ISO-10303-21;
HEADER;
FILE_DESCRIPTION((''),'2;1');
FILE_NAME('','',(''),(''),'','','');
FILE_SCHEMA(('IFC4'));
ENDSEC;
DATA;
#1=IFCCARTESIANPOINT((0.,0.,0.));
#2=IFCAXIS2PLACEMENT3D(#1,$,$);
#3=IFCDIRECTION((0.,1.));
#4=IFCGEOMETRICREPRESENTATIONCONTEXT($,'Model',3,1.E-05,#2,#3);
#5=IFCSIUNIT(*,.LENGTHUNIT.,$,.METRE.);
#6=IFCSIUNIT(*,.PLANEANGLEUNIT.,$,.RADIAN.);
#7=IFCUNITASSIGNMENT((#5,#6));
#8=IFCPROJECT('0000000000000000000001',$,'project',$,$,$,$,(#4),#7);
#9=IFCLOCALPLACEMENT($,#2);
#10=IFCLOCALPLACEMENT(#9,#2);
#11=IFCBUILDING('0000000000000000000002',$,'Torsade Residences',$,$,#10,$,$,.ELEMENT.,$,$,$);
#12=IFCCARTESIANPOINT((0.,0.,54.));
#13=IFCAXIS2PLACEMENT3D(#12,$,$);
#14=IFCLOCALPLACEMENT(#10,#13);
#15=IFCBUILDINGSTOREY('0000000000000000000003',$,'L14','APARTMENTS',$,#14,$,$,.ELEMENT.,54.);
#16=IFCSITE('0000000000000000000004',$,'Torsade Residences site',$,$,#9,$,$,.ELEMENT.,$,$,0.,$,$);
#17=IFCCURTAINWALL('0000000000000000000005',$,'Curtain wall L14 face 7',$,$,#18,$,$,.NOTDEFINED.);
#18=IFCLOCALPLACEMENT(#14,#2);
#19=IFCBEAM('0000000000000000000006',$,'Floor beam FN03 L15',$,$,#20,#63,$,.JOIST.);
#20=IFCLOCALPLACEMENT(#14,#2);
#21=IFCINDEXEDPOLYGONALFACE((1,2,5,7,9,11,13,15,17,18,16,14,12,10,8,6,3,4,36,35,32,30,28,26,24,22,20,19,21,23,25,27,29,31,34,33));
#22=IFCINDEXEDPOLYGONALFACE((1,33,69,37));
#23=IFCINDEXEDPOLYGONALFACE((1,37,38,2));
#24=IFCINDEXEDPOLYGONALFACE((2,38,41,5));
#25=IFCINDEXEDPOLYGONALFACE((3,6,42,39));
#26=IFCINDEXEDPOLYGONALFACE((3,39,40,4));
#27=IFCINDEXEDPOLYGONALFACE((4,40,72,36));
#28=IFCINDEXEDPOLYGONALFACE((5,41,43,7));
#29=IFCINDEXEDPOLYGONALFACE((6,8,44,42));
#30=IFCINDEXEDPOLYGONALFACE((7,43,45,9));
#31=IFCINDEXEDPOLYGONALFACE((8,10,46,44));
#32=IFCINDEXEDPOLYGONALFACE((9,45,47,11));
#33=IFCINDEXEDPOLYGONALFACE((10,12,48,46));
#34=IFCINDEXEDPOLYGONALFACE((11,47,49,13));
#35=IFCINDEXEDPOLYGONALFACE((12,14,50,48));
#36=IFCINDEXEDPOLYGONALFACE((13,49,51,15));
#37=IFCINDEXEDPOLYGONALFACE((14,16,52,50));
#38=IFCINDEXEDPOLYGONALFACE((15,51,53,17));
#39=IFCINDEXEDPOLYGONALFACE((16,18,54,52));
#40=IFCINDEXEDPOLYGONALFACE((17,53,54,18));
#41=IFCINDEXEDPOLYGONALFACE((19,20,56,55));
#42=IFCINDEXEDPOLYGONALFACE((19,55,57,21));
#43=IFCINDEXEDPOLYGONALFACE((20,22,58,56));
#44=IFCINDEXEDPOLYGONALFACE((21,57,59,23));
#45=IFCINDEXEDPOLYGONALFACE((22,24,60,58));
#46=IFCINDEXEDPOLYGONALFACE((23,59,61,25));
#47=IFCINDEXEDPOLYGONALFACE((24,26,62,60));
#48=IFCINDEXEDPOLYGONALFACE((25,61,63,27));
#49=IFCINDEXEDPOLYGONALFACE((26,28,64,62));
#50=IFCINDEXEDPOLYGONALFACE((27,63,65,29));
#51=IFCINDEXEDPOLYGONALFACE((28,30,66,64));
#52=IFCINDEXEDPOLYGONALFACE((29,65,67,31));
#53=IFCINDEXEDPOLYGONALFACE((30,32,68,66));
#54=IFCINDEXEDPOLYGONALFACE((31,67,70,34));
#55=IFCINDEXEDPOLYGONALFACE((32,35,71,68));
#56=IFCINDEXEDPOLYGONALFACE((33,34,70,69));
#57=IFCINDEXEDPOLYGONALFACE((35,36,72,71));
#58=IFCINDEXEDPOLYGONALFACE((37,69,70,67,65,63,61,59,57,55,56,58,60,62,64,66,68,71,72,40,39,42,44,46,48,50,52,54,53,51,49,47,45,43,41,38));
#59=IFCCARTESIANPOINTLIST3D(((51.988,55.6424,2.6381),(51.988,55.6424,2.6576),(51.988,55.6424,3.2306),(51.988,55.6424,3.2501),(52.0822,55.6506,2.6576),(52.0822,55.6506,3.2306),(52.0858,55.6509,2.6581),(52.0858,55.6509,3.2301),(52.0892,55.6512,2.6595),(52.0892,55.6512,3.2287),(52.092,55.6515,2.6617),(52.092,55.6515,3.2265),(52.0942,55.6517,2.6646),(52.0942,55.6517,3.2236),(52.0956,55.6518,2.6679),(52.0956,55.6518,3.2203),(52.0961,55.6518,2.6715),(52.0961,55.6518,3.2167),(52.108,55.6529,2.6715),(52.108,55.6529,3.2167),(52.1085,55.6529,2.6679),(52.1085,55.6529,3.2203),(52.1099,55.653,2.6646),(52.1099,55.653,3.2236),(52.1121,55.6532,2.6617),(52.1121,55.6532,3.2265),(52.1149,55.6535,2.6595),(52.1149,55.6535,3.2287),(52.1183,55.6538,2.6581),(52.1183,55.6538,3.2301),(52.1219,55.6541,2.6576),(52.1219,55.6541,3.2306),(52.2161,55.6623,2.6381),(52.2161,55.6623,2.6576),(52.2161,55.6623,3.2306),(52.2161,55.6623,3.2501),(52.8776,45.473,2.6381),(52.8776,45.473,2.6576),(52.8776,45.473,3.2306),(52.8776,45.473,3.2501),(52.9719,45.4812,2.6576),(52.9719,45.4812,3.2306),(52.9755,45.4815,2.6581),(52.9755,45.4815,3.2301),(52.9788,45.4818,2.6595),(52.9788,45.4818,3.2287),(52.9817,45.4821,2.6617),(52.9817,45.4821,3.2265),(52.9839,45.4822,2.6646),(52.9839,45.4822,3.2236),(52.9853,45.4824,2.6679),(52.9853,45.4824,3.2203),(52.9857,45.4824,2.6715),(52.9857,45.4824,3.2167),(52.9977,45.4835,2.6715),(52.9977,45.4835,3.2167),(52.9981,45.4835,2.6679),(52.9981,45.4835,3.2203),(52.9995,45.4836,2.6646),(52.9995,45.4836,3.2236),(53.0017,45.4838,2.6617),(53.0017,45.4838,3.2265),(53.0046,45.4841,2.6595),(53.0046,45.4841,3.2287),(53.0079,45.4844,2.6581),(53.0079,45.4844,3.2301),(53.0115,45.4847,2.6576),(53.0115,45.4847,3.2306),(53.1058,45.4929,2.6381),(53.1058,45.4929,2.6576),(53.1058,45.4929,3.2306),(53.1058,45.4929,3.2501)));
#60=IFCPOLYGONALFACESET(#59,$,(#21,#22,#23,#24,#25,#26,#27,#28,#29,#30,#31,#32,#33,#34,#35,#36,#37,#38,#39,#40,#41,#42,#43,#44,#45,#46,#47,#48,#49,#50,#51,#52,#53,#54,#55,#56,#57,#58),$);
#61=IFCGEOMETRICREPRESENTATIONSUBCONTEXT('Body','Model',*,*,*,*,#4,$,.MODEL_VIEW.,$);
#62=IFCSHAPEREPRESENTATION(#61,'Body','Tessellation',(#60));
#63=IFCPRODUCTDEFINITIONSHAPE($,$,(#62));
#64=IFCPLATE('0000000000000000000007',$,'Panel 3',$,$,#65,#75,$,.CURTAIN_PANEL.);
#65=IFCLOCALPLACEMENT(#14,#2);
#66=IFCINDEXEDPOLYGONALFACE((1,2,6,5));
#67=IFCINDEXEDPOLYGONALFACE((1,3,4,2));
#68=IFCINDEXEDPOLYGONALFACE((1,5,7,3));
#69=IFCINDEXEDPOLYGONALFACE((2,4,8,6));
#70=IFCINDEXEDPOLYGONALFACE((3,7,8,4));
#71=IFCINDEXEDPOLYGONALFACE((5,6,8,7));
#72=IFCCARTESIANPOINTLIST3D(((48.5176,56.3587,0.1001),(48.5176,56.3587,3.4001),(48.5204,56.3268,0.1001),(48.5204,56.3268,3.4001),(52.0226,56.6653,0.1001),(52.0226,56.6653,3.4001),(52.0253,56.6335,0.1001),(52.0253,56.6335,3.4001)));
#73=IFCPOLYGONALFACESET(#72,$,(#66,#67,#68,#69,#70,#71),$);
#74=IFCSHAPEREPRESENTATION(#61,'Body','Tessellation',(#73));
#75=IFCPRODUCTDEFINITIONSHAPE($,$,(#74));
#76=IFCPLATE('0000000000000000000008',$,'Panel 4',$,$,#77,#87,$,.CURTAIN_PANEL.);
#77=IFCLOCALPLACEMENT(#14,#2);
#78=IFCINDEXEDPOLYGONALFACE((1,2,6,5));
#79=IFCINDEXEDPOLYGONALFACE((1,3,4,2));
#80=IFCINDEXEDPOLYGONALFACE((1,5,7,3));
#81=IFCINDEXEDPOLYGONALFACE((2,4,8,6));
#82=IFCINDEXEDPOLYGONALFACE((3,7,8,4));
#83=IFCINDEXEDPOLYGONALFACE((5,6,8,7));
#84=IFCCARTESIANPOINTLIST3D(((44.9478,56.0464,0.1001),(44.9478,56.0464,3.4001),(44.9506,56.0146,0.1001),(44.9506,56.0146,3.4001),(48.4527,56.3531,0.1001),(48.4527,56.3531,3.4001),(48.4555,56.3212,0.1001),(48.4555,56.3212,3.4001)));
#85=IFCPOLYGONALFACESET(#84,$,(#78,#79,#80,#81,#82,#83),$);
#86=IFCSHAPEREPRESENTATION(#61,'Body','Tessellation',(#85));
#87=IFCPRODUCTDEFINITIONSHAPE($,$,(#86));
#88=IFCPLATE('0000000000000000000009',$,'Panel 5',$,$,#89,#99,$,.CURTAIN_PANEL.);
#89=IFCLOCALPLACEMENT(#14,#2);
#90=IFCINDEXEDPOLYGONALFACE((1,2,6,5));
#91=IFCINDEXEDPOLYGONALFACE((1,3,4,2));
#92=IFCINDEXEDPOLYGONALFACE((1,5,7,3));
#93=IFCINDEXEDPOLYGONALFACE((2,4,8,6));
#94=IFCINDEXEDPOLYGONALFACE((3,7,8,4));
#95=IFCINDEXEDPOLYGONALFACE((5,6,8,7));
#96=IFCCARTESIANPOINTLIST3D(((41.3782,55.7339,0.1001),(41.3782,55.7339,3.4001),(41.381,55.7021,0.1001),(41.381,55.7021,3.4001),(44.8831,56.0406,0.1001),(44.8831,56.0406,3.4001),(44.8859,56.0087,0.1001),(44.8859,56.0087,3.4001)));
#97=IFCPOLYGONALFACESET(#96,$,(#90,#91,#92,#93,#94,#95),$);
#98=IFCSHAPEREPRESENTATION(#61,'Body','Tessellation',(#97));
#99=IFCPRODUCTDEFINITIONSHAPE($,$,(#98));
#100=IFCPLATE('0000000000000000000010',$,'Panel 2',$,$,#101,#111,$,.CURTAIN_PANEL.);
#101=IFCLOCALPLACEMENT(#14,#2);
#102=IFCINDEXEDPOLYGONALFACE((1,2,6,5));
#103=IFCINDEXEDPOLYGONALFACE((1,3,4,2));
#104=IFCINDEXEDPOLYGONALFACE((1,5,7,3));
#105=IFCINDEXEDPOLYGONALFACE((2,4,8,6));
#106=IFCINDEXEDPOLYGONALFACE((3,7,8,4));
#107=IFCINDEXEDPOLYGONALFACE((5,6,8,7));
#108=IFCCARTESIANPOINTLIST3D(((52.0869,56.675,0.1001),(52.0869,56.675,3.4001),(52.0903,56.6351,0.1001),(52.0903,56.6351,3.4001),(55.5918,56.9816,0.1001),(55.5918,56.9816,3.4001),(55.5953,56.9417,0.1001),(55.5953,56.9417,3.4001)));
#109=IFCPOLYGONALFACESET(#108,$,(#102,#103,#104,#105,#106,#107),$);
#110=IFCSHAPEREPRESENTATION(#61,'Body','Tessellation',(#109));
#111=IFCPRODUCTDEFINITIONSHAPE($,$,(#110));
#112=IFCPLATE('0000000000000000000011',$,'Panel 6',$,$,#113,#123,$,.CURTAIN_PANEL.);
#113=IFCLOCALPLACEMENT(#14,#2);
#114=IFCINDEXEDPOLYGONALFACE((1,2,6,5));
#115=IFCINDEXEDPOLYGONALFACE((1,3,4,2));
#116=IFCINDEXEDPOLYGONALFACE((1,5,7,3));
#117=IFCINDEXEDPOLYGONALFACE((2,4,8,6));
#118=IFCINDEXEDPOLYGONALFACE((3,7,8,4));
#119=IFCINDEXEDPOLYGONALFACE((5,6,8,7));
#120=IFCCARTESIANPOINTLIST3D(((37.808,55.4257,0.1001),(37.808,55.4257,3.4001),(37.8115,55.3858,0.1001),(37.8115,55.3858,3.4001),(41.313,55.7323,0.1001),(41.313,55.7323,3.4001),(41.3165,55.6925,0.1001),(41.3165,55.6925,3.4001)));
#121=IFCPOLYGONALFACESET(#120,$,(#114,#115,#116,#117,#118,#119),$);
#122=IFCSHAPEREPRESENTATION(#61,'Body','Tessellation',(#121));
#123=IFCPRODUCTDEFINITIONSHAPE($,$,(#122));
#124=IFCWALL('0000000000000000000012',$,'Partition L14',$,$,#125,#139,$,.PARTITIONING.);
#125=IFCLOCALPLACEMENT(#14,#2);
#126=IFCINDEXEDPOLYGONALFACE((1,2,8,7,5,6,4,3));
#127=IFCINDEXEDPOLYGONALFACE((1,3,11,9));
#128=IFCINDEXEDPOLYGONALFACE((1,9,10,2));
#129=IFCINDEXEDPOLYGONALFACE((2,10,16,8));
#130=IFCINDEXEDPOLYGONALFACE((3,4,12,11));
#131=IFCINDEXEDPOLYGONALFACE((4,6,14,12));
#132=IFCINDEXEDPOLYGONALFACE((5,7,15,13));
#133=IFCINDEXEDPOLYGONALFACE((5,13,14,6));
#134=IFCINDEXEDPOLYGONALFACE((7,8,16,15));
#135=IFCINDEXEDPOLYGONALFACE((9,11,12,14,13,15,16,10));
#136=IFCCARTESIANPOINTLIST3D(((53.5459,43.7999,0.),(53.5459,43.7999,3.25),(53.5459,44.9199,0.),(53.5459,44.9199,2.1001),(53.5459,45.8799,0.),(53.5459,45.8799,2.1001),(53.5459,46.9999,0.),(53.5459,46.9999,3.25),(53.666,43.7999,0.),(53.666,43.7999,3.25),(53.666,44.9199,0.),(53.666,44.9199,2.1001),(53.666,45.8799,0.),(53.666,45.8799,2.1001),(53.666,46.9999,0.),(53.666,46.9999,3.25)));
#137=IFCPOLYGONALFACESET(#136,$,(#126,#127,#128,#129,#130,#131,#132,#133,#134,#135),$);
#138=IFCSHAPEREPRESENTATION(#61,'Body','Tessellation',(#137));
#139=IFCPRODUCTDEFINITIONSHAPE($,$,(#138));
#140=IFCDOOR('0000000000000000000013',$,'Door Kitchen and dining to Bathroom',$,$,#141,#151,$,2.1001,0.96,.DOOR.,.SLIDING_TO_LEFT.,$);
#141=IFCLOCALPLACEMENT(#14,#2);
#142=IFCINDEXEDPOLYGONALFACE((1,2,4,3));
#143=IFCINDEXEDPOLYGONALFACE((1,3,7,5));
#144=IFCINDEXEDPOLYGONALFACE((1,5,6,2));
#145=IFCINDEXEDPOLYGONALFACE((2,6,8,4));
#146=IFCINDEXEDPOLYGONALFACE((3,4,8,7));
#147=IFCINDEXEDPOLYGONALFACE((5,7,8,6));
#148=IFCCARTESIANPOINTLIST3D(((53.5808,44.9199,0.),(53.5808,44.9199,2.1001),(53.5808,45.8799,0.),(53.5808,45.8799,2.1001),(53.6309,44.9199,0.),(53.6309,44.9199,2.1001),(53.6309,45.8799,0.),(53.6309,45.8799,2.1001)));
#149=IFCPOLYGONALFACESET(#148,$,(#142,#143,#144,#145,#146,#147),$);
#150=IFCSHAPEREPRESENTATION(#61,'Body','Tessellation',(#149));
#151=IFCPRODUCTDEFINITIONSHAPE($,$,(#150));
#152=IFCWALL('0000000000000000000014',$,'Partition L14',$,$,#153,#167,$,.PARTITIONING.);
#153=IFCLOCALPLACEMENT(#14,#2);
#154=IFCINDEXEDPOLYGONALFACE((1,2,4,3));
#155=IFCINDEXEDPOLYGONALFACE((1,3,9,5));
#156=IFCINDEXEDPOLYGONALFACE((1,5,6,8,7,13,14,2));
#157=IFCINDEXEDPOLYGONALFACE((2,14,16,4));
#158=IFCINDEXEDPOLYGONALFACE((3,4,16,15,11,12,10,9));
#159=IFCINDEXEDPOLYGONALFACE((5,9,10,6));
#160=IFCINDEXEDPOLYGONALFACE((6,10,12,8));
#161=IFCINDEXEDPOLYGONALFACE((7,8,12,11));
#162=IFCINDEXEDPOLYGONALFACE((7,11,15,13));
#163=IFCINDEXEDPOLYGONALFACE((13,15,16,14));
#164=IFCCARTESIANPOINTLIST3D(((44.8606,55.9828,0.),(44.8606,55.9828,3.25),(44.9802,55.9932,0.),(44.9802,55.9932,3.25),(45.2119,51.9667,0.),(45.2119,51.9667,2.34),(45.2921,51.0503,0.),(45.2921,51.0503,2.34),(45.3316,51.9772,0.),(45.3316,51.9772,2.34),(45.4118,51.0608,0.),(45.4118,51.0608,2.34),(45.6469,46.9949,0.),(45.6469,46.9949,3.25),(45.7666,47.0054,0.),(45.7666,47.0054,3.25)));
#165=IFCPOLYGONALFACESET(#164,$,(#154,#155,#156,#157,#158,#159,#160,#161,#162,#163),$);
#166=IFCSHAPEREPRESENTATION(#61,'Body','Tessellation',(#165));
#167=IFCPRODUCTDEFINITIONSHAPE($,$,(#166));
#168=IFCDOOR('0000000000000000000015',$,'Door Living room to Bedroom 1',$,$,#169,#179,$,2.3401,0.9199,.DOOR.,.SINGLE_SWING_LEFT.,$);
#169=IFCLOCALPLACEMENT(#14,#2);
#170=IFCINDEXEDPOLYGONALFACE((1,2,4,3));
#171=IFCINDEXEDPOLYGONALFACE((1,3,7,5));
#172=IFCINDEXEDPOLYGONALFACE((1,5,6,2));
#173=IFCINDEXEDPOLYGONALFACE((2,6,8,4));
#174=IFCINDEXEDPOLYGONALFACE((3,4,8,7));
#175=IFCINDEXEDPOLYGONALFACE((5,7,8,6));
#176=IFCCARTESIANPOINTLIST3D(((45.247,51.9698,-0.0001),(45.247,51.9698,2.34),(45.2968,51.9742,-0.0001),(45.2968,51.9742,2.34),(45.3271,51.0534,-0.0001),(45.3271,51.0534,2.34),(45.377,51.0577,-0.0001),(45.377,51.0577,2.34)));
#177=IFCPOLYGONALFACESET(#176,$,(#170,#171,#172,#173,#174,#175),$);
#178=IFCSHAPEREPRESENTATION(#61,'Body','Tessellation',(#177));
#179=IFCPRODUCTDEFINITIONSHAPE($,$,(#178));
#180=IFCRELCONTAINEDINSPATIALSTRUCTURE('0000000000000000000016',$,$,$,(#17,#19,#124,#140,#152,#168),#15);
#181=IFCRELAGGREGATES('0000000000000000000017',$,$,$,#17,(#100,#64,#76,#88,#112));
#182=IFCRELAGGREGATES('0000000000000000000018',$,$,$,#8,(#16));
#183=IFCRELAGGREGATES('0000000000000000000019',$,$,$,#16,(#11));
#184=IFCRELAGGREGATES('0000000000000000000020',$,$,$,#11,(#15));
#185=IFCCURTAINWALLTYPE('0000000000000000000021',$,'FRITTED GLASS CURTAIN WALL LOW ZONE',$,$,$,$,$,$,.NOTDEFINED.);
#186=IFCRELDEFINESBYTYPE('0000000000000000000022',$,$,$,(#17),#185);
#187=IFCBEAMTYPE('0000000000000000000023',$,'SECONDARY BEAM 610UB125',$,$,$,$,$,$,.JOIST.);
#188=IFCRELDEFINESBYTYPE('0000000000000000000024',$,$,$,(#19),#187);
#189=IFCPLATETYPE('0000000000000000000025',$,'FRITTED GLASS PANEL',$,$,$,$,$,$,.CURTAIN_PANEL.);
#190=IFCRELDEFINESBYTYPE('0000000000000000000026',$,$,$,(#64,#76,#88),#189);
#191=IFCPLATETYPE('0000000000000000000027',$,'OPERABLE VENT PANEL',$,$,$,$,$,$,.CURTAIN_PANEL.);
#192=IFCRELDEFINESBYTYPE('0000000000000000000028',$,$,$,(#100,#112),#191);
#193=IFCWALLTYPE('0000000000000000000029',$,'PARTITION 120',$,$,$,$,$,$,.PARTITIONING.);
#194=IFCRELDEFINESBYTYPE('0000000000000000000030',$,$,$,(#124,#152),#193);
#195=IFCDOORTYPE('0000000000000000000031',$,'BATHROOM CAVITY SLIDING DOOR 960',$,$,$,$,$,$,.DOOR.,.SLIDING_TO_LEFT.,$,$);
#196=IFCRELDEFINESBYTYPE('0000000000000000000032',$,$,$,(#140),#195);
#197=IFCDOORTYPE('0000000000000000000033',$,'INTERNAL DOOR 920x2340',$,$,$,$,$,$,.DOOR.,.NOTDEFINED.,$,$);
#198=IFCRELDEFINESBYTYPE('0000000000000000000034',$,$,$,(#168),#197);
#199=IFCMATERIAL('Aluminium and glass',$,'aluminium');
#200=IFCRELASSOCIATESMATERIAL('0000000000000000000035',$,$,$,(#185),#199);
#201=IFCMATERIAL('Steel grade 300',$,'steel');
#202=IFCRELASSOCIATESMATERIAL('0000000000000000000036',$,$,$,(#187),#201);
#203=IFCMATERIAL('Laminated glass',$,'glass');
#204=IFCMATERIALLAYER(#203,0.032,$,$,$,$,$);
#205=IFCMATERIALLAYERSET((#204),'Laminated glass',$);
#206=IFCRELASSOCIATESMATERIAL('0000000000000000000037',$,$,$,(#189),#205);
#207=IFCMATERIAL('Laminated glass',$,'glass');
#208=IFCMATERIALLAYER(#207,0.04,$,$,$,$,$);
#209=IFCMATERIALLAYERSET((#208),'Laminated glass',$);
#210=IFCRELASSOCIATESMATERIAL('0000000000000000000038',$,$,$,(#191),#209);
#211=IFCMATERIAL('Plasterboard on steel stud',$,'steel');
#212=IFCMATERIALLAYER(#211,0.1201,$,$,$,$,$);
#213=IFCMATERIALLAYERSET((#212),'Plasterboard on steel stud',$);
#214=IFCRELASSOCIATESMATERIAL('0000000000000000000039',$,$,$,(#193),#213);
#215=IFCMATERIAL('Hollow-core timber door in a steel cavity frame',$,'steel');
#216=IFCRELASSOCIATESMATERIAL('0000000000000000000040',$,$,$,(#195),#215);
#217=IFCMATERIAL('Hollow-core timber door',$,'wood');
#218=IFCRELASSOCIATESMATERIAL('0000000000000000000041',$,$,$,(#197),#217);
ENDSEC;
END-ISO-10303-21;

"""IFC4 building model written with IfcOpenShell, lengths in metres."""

from ifc_helpers import new_model, si_unit, direction, frame, frame_2d, origin, origin_2d, place, context, subcontext, project, spatial, rectangle, i_section, extrude, material, layer, layer_set, material_profile, profile_set, type_object, element, fill, aggregate, save


model = new_model("IFC4")

# Units and contexts
model_context = context("Model", 3, precision=1e-05, world=origin(), true_north=direction((0.0, 1.0)))
body_context = subcontext(model_context, "Body", "Model", "MODEL_VIEW")
ifc_project = project(units=[si_unit("LENGTHUNIT", "METRE"), si_unit("PLANEANGLEUNIT", "RADIAN")], contexts=[model_context])

# Site, building, storey
site_placement = place(None, origin())
site = spatial("IfcSite", under=ifc_project, at=site_placement, Name="Torsade Residences site", CompositionType="ELEMENT", RefElevation=0.0)
building_placement = place(site_placement, origin())
building = spatial("IfcBuilding", under=site, at=building_placement, Name="Torsade Residences", CompositionType="ELEMENT")
storey_placement = place(building_placement, frame((0.0, 0.0, 54.0)))
storey = spatial("IfcBuildingStorey", under=building, at=storey_placement, Name="L14", Description="APARTMENTS", CompositionType="ELEMENT", Elevation=54.0)

# Curtain wall
ifc_material_1 = material(Name="Aluminium and glass", Category="aluminium")
curtain_wall_type = type_object("IfcCurtainWallType", Name="FRITTED GLASS CURTAIN WALL LOW ZONE", PredefinedType="NOTDEFINED", material=ifc_material_1)
curtain_wall_placement = place(storey_placement, origin())
curtain_wall = element("IfcCurtainWall", 1, at=curtain_wall_placement, inside=storey, type_object=curtain_wall_type, Name="Curtain wall L14 face 7", PredefinedType="NOTDEFINED")

# Beam
ifc_material_2 = material(Name="Steel grade 300", Category="steel")
ifc_material_profile_1 = material_profile(ifc_material_2, i_section(OverallWidth=0.229, OverallDepth=0.6121, WebThickness=0.012, FlangeThickness=0.0195, FilletRadius=0.0139, at=origin_2d()), Name="610UB125")
ifc_profile_set_1 = profile_set([ifc_material_profile_1], Name="Steel grade 300")
beam_type_1 = type_object("IfcBeamType", Name="SECONDARY BEAM 610UB125", PredefinedType="JOIST", material=ifc_profile_set_1)
beam_1_placement = place(storey_placement, frame((52.1021, 55.6523, 2.9441), z_axis=(0.08715, -0.996195, 0.0), x_axis=(0.996195, 0.08715, 0.0)))
element("IfcBeam", 2, at=beam_1_placement, inside=storey, type_object=beam_type_1, Name="Floor beam FN03 L15", PredefinedType="JOIST", context=body_context, shape_type="SweptSolid", body=[
    extrude(i_section(OverallWidth=0.229, OverallDepth=0.6121, WebThickness=0.012, FlangeThickness=0.0195, FilletRadius=0.0139, at=origin_2d()), origin(), (0.0, 0.0, 1.0), 10.2083),
])

# Plates
ifc_material_3 = material(Name="Laminated glass", Category="glass")
ifc_layer_1 = layer(ifc_material_3, 0.032)
ifc_layer_set_1 = layer_set([ifc_layer_1], Name="Laminated glass")
plate_type_1 = type_object("IfcPlateType", Name="FRITTED GLASS PANEL", PredefinedType="CURTAIN_PANEL", material=ifc_layer_set_1)
plate_1_placement = place(storey_placement, frame((50.2715, 56.4961, 0.1001), z_axis=(0.0, 0.0, 1.0), x_axis=(-0.996195, -0.087156, 0.0)))
plate_1 = element("IfcPlate", 3, at=plate_1_placement, type_object=plate_type_1, Name="Panel 3", PredefinedType="CURTAIN_PANEL", context=body_context, shape_type="SweptSolid", body=[
    extrude(rectangle(XDim=3.5183, YDim=0.032, at=origin_2d()), origin(), (0.0, 0.0, 1.0), 3.3),
])
plate_2_placement = place(storey_placement, frame((46.7017, 56.1838, 0.1001), z_axis=(0.0, 0.0, 1.0), x_axis=(-0.996195, -0.087156, 0.0)))
plate_2 = element("IfcPlate", 4, at=plate_2_placement, type_object=plate_type_1, Name="Panel 4", PredefinedType="CURTAIN_PANEL", context=body_context, shape_type="SweptSolid", body=[
    extrude(rectangle(XDim=3.5183, YDim=0.032, at=origin_2d()), origin(), (0.0, 0.0, 1.0), 3.3),
])
plate_3_placement = place(storey_placement, frame((43.1321, 55.8713, 0.1001), z_axis=(0.0, 0.0, 1.0), x_axis=(-0.996195, -0.087156, 0.0)))
plate_3 = element("IfcPlate", 5, at=plate_3_placement, type_object=plate_type_1, Name="Panel 5", PredefinedType="CURTAIN_PANEL", context=body_context, shape_type="SweptSolid", body=[
    extrude(rectangle(XDim=3.5183, YDim=0.032, at=origin_2d()), origin(), (0.0, 0.0, 1.0), 3.3),
])
ifc_material_4 = material(Name="Laminated glass", Category="glass")
ifc_layer_2 = layer(ifc_material_4, 0.04)
ifc_layer_set_2 = layer_set([ifc_layer_2], Name="Laminated glass")
plate_type_2 = type_object("IfcPlateType", Name="OPERABLE VENT PANEL", PredefinedType="CURTAIN_PANEL", material=ifc_layer_set_2)
plate_4_placement = place(storey_placement, frame((53.8411, 56.8083, 0.1001), z_axis=(0.0, 0.0, 1.0), x_axis=(-0.996195, -0.087156, 0.0)))
plate_4 = element("IfcPlate", 6, at=plate_4_placement, type_object=plate_type_2, Name="Panel 2", PredefinedType="CURTAIN_PANEL", context=body_context, shape_type="SweptSolid", body=[
    extrude(rectangle(XDim=3.5183, YDim=0.04, at=origin_2d()), origin(), (0.0, 0.0, 1.0), 3.3),
])
plate_5_placement = place(storey_placement, frame((39.5623, 55.5591, 0.1001), z_axis=(0.0, 0.0, 1.0), x_axis=(-0.996195, -0.087156, 0.0)))
plate_5 = element("IfcPlate", 7, at=plate_5_placement, type_object=plate_type_2, Name="Panel 6", PredefinedType="CURTAIN_PANEL", context=body_context, shape_type="SweptSolid", body=[
    extrude(rectangle(XDim=3.5183, YDim=0.04, at=origin_2d()), origin(), (0.0, 0.0, 1.0), 3.3),
])
aggregate(curtain_wall, [plate_4, plate_1, plate_2, plate_3, plate_5])

# Walls, openings, doors
ifc_material_5 = material(Name="Plasterboard on steel stud", Category="steel")
ifc_layer_3 = layer(ifc_material_5, 0.1201)
ifc_layer_set_3 = layer_set([ifc_layer_3], Name="Plasterboard on steel stud")
wall_type_1 = type_object("IfcWallType", Name="PARTITION 120", PredefinedType="PARTITIONING", material=ifc_layer_set_3)
wall_1_placement = place(storey_placement, frame((53.606, 47.0, 0.0), z_axis=(0.0, 0.0, 1.0), x_axis=(0.0, -1.0, 0.0)))
wall_1 = element("IfcWall", 8, at=wall_1_placement, inside=storey, type_object=wall_type_1, Name="Partition L14", PredefinedType="PARTITIONING", context=body_context, shape_type="SweptSolid", body=[
    extrude(rectangle(XDim=3.2, YDim=0.1201, at=frame_2d((1.6001, 0.0))), origin(), (0.0, 0.0, 1.0), 3.25),
])
opening_1_placement = place(wall_1_placement, frame((1.1201, 0.0, 0.0)))
opening_1 = element("IfcOpeningElement", 9, at=opening_1_placement, cuts=wall_1, PredefinedType="OPENING", context=body_context, shape_type="SweptSolid", body=[
    extrude(rectangle(XDim=0.96, YDim=2.1001, at=frame_2d((0.48, 1.05))), frame((0.0, 0.0701, 0.0), z_axis=(0.0, -1.0, 0.0), x_axis=(1.0, 0.0, 0.0)), (0.0, 0.0, 1.0), 0.1401),
])
ifc_material_6 = material(Name="Hollow-core timber door in a steel cavity frame", Category="steel")
door_type_1 = type_object("IfcDoorType", Name="BATHROOM CAVITY SLIDING DOOR 960", OperationType="SLIDING_TO_LEFT", PredefinedType="DOOR", material=ifc_material_6)
door_1_placement = place(opening_1_placement, origin())
door_1 = element("IfcDoor", 10, at=door_1_placement, inside=storey, type_object=door_type_1, Name="Door Kitchen and dining to Bathroom", OperationType="SLIDING_TO_LEFT", OverallHeight=2.1001, OverallWidth=0.96, PredefinedType="DOOR", context=body_context, shape_type="SweptSolid", body=[
    extrude(rectangle(XDim=0.96, YDim=2.1001, at=frame_2d((0.48, 1.05))), frame((0.0, 0.0249, 0.0), z_axis=(0.0, -1.0, 0.0), x_axis=(1.0, 0.0, 0.0)), (0.0, 0.0, 1.0), 0.05),
])
fill(opening_1, door_1)
wall_2_placement = place(storey_placement, frame((45.7068, 47.0, 0.0), z_axis=(0.0, 0.0, 1.0), x_axis=(-0.087161, 0.996194, 0.0)))
wall_2 = element("IfcWall", 11, at=wall_2_placement, inside=storey, type_object=wall_type_1, Name="Partition L14", PredefinedType="PARTITIONING", context=body_context, shape_type="SweptSolid", body=[
    extrude(rectangle(XDim=9.0222, YDim=0.1201, at=frame_2d((4.5112, 0.0))), origin(), (0.0, 0.0, 1.0), 3.25),
])
opening_2_placement = place(wall_2_placement, frame((4.071, 0.0, 0.0)))
opening_2 = element("IfcOpeningElement", 12, at=opening_2_placement, cuts=wall_2, PredefinedType="OPENING", context=body_context, shape_type="SweptSolid", body=[
    extrude(rectangle(XDim=0.9199, YDim=2.3401, at=frame_2d((0.46, 1.1699))), frame((0.0, 0.0701, 0.0), z_axis=(0.0, -1.0, 0.0), x_axis=(1.0, 0.0, 0.0)), (0.0, 0.0, 1.0), 0.1401),
])
ifc_material_7 = material(Name="Hollow-core timber door", Category="wood")
door_type_2 = type_object("IfcDoorType", Name="INTERNAL DOOR 920x2340", OperationType="NOTDEFINED", PredefinedType="DOOR", material=ifc_material_7)
door_2_placement = place(opening_2_placement, origin())
door_2 = element("IfcDoor", 13, at=door_2_placement, inside=storey, type_object=door_type_2, Name="Door Living room to Bedroom 1", OperationType="SINGLE_SWING_LEFT", OverallHeight=2.3401, OverallWidth=0.9199, PredefinedType="DOOR", context=body_context, shape_type="SweptSolid", body=[
    extrude(rectangle(XDim=0.9199, YDim=2.3401, at=frame_2d((0.46, 1.1699))), frame((0.0, 0.0249, 0.0), z_axis=(0.0, -1.0, 0.0), x_axis=(1.0, 0.0, 0.0)), (0.0, 0.0, 1.0), 0.05),
])
fill(opening_2, door_2)

save(model, "model.ifc")
